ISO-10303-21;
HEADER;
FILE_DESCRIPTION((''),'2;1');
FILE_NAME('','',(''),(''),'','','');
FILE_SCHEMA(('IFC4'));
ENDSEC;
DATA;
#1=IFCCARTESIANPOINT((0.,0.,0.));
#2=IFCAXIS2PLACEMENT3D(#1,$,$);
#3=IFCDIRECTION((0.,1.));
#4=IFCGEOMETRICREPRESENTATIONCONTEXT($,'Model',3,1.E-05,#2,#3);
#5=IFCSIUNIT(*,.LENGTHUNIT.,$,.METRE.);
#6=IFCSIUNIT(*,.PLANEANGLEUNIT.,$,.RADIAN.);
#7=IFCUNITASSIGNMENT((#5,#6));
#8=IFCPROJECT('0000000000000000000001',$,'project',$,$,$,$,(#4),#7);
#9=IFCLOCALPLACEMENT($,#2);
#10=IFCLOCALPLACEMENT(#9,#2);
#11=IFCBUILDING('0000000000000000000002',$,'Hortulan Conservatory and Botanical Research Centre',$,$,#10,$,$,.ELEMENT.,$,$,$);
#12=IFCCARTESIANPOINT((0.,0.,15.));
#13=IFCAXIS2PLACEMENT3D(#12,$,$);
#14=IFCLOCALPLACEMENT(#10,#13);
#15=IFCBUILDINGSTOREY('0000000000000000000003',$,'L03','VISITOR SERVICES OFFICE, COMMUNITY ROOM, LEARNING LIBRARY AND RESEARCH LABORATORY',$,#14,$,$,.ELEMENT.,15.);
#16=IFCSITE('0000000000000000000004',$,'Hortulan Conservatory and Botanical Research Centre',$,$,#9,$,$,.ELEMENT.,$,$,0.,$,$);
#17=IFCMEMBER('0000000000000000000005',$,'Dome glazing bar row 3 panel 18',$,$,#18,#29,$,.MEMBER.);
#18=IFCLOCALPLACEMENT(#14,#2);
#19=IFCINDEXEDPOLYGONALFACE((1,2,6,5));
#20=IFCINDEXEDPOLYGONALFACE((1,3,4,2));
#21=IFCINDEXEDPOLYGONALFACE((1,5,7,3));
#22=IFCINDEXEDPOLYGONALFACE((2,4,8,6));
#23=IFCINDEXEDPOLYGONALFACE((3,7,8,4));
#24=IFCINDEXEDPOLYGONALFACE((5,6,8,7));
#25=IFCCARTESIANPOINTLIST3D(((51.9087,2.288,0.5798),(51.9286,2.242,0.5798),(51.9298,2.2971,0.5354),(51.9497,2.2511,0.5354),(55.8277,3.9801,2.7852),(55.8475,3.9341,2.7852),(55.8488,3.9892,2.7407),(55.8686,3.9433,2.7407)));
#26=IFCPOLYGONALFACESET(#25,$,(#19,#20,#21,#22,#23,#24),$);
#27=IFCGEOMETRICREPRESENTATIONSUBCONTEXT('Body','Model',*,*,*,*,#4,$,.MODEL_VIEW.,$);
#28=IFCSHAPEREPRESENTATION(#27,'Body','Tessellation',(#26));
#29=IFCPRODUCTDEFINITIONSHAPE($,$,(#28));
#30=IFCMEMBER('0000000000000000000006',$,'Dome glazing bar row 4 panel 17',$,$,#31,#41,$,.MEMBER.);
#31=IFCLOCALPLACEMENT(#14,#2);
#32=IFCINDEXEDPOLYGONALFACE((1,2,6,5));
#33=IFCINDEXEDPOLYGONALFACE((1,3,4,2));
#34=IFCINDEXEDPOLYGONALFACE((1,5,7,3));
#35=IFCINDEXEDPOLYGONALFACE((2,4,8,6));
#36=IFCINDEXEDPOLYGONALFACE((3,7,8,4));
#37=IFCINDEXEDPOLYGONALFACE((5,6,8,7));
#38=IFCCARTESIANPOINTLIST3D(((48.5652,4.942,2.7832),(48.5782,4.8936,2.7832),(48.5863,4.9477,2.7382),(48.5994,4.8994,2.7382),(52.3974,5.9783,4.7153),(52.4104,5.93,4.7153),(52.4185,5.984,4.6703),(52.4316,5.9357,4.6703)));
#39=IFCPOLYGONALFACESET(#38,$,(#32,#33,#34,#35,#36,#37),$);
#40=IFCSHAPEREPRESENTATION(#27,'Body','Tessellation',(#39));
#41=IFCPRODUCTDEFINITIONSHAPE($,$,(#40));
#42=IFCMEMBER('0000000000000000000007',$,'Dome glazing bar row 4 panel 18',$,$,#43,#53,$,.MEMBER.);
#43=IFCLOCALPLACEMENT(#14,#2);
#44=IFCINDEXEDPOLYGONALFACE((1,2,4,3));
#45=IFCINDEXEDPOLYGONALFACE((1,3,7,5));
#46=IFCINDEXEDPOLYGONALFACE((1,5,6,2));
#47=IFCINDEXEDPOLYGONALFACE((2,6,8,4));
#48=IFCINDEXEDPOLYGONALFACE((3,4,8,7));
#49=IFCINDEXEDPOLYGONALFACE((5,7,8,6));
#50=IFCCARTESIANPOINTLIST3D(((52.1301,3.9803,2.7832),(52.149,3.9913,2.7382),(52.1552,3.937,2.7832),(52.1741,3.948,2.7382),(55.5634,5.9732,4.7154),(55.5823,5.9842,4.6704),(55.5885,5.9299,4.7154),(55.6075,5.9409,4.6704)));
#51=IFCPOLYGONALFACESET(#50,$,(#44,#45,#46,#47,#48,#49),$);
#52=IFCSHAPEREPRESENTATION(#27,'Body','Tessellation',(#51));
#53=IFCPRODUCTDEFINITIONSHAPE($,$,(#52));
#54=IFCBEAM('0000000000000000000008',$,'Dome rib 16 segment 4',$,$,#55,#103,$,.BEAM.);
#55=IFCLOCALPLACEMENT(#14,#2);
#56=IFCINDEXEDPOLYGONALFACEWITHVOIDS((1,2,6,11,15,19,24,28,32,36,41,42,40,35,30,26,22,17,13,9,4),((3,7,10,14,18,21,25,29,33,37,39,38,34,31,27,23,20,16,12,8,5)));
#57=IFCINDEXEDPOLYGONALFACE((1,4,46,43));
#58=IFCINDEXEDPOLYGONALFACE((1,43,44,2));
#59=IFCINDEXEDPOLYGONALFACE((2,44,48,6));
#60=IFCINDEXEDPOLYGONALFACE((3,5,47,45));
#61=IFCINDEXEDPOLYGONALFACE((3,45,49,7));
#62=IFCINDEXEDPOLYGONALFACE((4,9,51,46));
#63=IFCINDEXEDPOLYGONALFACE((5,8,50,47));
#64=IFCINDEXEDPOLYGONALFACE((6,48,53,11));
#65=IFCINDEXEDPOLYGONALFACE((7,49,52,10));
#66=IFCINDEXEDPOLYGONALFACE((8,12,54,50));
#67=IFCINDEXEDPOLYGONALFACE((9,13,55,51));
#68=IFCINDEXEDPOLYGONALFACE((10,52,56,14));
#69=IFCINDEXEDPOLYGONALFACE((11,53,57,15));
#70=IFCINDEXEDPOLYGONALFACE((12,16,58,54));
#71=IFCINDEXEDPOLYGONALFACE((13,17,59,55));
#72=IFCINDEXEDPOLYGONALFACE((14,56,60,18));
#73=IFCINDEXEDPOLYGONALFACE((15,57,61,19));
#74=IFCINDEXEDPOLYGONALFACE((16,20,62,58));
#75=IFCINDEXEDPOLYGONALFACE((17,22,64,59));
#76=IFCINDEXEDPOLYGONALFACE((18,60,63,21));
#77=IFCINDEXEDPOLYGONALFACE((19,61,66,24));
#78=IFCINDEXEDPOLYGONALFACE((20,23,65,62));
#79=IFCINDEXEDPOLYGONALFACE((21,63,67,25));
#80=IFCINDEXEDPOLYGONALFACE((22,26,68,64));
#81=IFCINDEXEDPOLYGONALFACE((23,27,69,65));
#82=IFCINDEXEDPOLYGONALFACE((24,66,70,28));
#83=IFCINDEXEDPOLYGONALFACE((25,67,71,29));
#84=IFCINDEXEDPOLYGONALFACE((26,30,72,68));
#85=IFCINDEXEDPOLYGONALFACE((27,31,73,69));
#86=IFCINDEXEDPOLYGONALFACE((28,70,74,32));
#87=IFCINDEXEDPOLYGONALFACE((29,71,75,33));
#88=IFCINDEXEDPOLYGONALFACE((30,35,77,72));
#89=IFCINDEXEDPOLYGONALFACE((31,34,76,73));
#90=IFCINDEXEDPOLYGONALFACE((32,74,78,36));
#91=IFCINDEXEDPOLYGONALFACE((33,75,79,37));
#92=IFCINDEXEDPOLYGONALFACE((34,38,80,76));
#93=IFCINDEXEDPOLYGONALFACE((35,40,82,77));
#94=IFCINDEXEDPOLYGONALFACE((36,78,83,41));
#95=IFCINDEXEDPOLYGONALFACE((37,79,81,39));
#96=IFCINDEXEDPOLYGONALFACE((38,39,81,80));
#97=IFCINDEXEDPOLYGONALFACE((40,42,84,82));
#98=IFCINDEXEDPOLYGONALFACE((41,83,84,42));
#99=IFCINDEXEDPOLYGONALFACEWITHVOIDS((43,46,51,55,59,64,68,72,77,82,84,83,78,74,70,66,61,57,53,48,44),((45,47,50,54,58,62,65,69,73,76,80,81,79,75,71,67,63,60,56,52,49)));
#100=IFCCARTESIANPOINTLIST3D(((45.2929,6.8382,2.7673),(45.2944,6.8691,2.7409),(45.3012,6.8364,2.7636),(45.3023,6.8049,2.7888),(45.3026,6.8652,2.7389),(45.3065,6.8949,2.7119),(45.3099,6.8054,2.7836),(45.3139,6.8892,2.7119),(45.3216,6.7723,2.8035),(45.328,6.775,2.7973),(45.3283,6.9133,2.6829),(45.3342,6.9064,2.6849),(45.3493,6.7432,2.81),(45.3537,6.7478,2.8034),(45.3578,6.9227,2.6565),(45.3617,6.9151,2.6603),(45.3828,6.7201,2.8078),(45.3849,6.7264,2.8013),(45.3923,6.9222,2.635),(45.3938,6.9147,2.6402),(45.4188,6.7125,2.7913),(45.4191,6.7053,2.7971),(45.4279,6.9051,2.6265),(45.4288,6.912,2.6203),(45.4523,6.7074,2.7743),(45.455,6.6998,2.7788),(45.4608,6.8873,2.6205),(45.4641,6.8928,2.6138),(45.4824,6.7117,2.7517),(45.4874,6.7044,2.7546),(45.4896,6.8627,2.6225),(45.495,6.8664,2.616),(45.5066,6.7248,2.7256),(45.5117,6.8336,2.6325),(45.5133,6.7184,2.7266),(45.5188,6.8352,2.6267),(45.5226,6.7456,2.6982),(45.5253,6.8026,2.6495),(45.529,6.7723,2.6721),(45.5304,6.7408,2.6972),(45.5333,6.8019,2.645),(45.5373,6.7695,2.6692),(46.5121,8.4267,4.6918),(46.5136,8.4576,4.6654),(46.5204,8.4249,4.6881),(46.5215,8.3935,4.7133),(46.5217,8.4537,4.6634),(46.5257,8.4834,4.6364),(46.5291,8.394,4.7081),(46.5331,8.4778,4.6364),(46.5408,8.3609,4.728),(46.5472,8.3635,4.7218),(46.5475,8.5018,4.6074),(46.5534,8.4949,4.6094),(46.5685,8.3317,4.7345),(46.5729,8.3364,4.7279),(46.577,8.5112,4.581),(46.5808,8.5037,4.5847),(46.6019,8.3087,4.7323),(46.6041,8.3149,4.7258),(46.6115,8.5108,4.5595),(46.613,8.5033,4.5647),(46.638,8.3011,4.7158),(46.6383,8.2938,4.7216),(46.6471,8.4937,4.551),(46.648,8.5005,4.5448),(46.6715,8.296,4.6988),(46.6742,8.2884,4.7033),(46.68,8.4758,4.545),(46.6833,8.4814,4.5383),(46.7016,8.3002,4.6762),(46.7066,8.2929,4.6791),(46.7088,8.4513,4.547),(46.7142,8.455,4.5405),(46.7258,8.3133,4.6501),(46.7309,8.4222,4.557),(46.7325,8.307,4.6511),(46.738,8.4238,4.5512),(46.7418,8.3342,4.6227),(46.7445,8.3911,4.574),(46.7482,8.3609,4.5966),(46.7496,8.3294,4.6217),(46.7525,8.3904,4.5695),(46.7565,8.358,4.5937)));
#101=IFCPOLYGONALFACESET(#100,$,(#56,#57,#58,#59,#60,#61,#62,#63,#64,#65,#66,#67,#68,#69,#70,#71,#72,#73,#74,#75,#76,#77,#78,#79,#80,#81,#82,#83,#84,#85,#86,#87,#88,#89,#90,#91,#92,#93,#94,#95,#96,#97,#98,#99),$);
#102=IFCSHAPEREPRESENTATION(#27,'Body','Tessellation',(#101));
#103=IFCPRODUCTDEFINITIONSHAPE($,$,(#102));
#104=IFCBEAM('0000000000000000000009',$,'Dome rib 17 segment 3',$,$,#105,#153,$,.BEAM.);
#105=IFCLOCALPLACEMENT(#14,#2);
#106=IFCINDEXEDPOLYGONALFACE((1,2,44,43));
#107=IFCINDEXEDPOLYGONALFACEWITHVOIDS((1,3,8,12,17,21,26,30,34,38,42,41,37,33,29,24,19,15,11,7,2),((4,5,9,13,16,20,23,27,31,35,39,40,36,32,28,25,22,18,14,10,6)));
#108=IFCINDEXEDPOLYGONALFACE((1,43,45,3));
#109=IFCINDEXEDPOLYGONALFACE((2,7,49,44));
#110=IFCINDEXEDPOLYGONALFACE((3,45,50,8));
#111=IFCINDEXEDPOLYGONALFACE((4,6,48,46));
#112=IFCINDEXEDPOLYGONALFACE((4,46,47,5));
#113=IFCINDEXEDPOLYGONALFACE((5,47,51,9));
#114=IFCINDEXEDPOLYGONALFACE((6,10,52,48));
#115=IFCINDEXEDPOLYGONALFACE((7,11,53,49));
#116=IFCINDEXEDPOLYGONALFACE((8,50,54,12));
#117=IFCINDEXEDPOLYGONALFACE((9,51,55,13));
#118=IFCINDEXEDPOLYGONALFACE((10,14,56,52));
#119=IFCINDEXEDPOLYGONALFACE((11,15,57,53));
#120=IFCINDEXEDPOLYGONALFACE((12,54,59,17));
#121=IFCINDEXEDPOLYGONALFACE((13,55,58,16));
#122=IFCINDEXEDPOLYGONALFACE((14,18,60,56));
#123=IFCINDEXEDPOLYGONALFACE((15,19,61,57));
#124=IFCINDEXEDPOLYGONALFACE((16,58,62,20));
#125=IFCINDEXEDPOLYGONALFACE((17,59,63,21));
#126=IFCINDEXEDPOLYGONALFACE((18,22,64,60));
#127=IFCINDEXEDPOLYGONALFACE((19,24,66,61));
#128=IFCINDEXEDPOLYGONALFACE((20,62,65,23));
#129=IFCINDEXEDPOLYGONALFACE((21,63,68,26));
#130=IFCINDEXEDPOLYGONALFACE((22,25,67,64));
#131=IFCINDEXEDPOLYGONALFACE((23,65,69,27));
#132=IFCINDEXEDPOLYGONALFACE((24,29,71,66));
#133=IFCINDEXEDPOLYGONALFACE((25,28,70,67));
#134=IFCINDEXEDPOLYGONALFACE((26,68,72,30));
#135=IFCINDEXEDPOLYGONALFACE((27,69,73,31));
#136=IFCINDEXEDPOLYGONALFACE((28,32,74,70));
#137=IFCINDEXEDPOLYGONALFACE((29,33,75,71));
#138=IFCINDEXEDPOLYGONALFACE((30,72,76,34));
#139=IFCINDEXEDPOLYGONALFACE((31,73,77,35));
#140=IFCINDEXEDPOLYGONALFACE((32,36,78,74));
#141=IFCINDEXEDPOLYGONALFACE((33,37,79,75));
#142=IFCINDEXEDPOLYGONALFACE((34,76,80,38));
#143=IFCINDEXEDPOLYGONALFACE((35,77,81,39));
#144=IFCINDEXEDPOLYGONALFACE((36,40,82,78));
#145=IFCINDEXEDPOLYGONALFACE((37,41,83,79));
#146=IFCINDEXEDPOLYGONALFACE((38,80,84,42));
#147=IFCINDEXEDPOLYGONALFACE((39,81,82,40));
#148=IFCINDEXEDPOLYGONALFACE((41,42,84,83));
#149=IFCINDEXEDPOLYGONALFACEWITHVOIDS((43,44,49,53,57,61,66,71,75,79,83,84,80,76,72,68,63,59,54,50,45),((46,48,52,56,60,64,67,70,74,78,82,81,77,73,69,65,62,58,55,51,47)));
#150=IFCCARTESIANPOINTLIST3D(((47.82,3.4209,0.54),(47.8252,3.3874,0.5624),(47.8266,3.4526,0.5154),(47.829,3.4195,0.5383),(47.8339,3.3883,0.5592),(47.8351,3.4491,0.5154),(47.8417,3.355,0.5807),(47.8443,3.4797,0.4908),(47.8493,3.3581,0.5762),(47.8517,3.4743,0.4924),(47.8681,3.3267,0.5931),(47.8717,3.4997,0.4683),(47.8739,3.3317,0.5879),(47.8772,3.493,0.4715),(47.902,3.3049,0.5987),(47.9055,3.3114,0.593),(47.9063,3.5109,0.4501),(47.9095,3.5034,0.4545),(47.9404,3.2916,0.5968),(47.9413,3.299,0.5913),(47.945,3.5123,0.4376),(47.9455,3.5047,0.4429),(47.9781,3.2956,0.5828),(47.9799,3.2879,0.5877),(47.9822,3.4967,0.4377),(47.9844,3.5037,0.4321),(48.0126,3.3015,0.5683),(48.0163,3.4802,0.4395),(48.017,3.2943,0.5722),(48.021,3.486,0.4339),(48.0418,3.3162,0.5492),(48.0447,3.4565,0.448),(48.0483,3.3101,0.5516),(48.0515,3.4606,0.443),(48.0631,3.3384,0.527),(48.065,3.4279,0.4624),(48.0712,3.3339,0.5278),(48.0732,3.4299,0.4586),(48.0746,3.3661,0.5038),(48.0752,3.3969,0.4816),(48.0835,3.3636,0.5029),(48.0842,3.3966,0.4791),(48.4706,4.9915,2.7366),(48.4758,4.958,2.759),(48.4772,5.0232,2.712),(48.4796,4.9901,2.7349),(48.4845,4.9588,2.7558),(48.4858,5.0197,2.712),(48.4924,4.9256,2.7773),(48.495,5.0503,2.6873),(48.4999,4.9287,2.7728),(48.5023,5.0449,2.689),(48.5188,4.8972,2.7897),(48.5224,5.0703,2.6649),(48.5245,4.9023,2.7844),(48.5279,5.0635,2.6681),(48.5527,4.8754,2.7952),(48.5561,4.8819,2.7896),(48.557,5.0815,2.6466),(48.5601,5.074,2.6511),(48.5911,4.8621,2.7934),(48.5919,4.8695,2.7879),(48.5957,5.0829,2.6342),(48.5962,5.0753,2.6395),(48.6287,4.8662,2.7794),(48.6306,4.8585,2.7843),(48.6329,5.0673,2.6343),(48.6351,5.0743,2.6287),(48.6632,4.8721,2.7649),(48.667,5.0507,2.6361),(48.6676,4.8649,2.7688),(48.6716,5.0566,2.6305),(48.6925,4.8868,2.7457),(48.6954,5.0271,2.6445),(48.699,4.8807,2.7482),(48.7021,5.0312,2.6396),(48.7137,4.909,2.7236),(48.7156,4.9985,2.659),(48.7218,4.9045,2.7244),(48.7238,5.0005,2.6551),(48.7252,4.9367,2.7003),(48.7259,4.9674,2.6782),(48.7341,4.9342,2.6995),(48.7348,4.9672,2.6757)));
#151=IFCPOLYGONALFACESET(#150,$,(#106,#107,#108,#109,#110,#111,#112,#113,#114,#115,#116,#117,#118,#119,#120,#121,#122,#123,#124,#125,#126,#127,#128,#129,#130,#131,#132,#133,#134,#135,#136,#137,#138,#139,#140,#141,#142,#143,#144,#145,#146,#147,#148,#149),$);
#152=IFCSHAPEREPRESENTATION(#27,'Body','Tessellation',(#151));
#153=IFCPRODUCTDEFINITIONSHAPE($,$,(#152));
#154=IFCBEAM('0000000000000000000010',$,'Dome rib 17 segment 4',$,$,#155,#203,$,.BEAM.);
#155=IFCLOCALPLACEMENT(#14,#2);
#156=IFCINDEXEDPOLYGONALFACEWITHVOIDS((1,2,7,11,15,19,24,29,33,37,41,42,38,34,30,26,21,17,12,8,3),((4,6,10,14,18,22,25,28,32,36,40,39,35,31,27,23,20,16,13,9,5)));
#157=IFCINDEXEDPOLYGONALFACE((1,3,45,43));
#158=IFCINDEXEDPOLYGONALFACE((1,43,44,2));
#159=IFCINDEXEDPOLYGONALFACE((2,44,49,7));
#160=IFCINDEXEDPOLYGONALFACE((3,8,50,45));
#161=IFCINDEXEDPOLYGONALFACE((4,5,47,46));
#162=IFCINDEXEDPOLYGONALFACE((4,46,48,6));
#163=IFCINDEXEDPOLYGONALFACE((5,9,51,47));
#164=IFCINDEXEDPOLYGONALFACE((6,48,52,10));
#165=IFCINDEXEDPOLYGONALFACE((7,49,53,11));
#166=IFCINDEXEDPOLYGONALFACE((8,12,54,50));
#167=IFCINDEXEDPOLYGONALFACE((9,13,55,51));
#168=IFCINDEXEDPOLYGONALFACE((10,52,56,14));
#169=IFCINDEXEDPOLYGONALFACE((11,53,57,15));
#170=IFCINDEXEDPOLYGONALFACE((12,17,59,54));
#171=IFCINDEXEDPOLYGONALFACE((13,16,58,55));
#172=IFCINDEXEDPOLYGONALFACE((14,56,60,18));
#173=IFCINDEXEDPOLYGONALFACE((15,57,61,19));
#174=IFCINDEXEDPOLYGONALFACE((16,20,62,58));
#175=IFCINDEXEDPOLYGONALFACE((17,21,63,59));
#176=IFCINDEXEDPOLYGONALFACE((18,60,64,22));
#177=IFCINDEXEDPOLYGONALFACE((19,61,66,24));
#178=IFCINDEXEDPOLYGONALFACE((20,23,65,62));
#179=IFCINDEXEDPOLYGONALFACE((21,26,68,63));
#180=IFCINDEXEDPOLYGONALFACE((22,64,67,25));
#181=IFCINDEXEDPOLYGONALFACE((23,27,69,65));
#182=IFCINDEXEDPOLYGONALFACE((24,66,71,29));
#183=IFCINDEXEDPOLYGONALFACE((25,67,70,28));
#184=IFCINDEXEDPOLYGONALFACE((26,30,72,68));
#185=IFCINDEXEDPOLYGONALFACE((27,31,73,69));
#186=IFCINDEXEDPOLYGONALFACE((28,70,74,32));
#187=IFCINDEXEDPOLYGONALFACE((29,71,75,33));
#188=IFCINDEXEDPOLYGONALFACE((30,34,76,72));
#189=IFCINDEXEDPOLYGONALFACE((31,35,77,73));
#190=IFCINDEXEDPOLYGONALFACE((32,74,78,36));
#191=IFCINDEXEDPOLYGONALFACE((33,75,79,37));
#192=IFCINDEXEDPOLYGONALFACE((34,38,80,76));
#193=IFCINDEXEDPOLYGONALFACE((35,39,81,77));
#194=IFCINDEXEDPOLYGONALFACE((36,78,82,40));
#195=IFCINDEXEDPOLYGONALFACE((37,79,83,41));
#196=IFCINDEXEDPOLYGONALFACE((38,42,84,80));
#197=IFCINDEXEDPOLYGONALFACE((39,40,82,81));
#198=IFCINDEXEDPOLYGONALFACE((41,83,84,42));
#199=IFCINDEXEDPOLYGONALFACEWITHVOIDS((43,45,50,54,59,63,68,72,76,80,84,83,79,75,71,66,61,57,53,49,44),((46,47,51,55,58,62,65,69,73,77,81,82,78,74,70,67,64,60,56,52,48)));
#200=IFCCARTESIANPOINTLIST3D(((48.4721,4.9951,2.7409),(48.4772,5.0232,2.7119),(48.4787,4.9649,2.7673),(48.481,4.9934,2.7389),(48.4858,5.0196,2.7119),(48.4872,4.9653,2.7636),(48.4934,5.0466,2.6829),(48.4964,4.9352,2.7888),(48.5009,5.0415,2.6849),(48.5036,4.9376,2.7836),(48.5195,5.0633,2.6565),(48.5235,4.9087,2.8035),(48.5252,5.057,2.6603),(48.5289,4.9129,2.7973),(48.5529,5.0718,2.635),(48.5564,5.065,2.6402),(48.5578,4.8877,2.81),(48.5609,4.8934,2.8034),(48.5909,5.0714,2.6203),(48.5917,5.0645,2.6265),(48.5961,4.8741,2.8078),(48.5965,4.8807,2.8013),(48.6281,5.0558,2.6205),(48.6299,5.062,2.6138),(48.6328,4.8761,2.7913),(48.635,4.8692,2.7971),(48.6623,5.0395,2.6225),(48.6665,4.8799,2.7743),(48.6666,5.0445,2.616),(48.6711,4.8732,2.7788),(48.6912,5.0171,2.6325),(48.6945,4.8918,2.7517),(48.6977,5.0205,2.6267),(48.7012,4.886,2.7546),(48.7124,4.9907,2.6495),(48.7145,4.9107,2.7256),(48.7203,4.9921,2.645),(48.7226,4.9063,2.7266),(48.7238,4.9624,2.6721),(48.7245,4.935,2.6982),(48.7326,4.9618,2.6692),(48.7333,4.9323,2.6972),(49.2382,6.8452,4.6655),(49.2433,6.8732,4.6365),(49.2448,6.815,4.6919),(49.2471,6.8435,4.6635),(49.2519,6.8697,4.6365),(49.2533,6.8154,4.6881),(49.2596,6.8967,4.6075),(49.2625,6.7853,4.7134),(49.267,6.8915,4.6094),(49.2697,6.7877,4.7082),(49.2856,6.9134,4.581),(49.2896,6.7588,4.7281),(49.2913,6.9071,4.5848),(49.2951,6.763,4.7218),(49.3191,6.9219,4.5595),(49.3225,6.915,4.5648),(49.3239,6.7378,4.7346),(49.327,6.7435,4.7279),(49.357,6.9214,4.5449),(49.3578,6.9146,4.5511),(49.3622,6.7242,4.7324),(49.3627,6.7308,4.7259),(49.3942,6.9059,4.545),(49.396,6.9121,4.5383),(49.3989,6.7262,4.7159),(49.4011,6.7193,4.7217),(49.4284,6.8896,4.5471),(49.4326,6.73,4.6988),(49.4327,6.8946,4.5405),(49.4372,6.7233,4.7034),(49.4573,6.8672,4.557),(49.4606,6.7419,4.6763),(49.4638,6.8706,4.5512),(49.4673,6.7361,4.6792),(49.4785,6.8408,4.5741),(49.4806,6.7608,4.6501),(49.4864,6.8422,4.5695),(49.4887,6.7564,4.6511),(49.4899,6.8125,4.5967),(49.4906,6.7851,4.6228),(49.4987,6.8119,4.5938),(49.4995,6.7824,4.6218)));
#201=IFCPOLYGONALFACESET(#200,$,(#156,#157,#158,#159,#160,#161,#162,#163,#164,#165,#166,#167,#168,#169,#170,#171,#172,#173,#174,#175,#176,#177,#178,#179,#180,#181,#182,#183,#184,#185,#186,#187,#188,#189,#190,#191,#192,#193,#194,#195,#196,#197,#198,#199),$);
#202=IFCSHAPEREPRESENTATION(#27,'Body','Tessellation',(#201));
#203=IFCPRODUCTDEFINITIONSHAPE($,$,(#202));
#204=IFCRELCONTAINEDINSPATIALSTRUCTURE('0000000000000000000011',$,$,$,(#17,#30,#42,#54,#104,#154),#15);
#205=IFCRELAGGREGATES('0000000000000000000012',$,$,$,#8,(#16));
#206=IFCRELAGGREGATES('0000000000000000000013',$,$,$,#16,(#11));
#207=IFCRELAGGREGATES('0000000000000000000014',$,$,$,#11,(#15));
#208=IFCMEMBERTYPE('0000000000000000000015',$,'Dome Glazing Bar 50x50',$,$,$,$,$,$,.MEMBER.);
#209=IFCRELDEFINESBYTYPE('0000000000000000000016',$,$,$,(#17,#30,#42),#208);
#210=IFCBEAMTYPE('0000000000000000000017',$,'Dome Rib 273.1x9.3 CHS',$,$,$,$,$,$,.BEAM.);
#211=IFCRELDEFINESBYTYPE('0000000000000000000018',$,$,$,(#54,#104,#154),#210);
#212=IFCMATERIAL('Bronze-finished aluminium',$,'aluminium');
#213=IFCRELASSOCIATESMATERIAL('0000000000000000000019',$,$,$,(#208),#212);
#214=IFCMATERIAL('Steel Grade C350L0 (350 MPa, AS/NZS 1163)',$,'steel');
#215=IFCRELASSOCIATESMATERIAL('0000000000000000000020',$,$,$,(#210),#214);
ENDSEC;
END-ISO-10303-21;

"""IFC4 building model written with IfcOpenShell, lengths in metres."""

from ifc_helpers import new_model, si_unit, direction, frame, origin, origin_2d, place, context, subcontext, project, spatial, rectangle, hollow_circle, extrude, material, material_profile, profile_set, type_object, element, save


model = new_model("IFC4")

# Units and contexts
model_context = context("Model", 3, precision=1e-05, world=origin(), true_north=direction((0.0, 1.0)))
body_context = subcontext(model_context, "Body", "Model", "MODEL_VIEW")
ifc_project = project(units=[si_unit("LENGTHUNIT", "METRE"), si_unit("PLANEANGLEUNIT", "RADIAN")], contexts=[model_context])

# Site, building, storey
site_placement = place(None, origin())
site = spatial("IfcSite", under=ifc_project, at=site_placement, Name="Hortulan Conservatory and Botanical Research Centre", CompositionType="ELEMENT", RefElevation=0.0)
building_placement = place(site_placement, origin())
building = spatial("IfcBuilding", under=site, at=building_placement, Name="Hortulan Conservatory and Botanical Research Centre", CompositionType="ELEMENT")
storey_placement = place(building_placement, frame((0.0, 0.0, 15.0)))
storey = spatial("IfcBuildingStorey", under=building, at=storey_placement, Name="L03", Description="VISITOR SERVICES OFFICE, COMMUNITY ROOM, LEARNING LIBRARY AND RESEARCH LABORATORY", CompositionType="ELEMENT", Elevation=15.0)

# Members
ifc_material_1 = material(Name="Bronze-finished aluminium", Category="aluminium")
ifc_material_profile_1 = material_profile(ifc_material_1, rectangle(XDim=0.05, YDim=0.05, at=origin_2d()), Name="Square bar 50x50")
ifc_profile_set_1 = profile_set([ifc_material_profile_1], Name="Bronze-finished aluminium")
member_type_1 = type_object("IfcMemberType", Name="Dome Glazing Bar 50x50", PredefinedType="MEMBER", material=ifc_profile_set_1)
member_1_placement = place(storey_placement, frame((51.9292, 2.2695, 0.5576), z_axis=(0.815652, 0.352186, 0.458995), x_axis=(-0.39641, 0.918074, 0.0)))
element("IfcMember", 1, at=member_1_placement, inside=storey, type_object=member_type_1, Name="Dome glazing bar row 3 panel 18", PredefinedType="MEMBER", context=body_context, shape_type="SweptSolid", body=[
    extrude(rectangle(XDim=0.05, YDim=0.05, at=origin_2d()), origin(), (0.0, 0.0, 1.0), 4.8047),
])
for number, where, z_axis, x_axis, name in (
    (2, (48.5823, 4.9207, 2.7607), (0.867983, 0.234732, 0.437614), (-0.261056, 0.965324, 0.0), "Dome glazing bar row 4 panel 17"),
    (3, (52.1521, 3.9641, 2.7607), (0.777645, 0.451392, 0.437622), (-0.502015, 0.864859, 0.0), "Dome glazing bar row 4 panel 18"),
):
    element("IfcMember", number, at=place(storey_placement, frame(where, z_axis=z_axis, x_axis=x_axis)), inside=storey, type_object=member_type_1, Name=name, PredefinedType="MEMBER", context=body_context, shape_type="SweptSolid", body=[
        extrude(rectangle(XDim=0.05, YDim=0.05, at=origin_2d()), origin(), (0.0, 0.0, 1.0), 4.415),
    ])

# Beams
ifc_material_2 = material(Name="Steel Grade C350L0 (350 MPa, AS/NZS 1163)", Category="steel")
ifc_material_profile_2 = material_profile(ifc_material_2, hollow_circle(Radius=0.1365, WallThickness=0.0093, at=origin_2d()), Name="273.1x9.3CHS")
ifc_profile_set_2 = profile_set([ifc_material_profile_2], Name="Steel Grade C350L0 (350 MPa, AS/NZS 1163)")
beam_type = type_object("IfcBeamType", Name="Dome Rib 273.1x9.3 CHS", PredefinedType="BEAM", material=ifc_profile_set_2)
beam_1_placement = place(storey_placement, frame((45.4148, 6.8118, 2.7119), z_axis=(0.438978, 0.571973, 0.692925), x_axis=(-0.793294, 0.608838, 0.0)))
element("IfcBeam", 4, at=beam_1_placement, inside=storey, type_object=beam_type, Name="Dome rib 16 segment 4", PredefinedType="BEAM", context=body_context, shape_type="SweptSolid", body=[
    extrude(hollow_circle(Radius=0.1365, WallThickness=0.0093, at=origin_2d()), origin(), (0.0, 0.0, 1.0), 2.7773),
])
beam_2_placement = place(storey_placement, frame((47.9526, 3.4004, 0.5154), z_axis=(0.234249, 0.565449, 0.790819), x_axis=(-0.923861, 0.382728, 0.0)))
element("IfcBeam", 5, at=beam_2_placement, inside=storey, type_object=beam_type, Name="Dome rib 17 segment 3", PredefinedType="BEAM", context=body_context, shape_type="SweptSolid", body=[
    extrude(hollow_circle(Radius=0.1365, WallThickness=0.0093, at=origin_2d()), origin(), (0.0, 0.0, 1.0), 2.7776),
])
for number, where, z_axis, x_axis, name in (
    (6, (48.6033, 4.9709, 2.7119), (0.275842, 0.666136, 0.692946), (-0.923919, 0.382589, 0.0), "Dome rib 17 segment 4"),
):
    element("IfcBeam", number, at=place(storey_placement, frame(where, z_axis=z_axis, x_axis=x_axis)), inside=storey, type_object=beam_type, Name=name, PredefinedType="BEAM", context=body_context, shape_type="SweptSolid", body=[
        extrude(hollow_circle(Radius=0.1365, WallThickness=0.0093, at=origin_2d()), origin(), (0.0, 0.0, 1.0), 2.7773),
    ])

save(model, "model.ifc")
